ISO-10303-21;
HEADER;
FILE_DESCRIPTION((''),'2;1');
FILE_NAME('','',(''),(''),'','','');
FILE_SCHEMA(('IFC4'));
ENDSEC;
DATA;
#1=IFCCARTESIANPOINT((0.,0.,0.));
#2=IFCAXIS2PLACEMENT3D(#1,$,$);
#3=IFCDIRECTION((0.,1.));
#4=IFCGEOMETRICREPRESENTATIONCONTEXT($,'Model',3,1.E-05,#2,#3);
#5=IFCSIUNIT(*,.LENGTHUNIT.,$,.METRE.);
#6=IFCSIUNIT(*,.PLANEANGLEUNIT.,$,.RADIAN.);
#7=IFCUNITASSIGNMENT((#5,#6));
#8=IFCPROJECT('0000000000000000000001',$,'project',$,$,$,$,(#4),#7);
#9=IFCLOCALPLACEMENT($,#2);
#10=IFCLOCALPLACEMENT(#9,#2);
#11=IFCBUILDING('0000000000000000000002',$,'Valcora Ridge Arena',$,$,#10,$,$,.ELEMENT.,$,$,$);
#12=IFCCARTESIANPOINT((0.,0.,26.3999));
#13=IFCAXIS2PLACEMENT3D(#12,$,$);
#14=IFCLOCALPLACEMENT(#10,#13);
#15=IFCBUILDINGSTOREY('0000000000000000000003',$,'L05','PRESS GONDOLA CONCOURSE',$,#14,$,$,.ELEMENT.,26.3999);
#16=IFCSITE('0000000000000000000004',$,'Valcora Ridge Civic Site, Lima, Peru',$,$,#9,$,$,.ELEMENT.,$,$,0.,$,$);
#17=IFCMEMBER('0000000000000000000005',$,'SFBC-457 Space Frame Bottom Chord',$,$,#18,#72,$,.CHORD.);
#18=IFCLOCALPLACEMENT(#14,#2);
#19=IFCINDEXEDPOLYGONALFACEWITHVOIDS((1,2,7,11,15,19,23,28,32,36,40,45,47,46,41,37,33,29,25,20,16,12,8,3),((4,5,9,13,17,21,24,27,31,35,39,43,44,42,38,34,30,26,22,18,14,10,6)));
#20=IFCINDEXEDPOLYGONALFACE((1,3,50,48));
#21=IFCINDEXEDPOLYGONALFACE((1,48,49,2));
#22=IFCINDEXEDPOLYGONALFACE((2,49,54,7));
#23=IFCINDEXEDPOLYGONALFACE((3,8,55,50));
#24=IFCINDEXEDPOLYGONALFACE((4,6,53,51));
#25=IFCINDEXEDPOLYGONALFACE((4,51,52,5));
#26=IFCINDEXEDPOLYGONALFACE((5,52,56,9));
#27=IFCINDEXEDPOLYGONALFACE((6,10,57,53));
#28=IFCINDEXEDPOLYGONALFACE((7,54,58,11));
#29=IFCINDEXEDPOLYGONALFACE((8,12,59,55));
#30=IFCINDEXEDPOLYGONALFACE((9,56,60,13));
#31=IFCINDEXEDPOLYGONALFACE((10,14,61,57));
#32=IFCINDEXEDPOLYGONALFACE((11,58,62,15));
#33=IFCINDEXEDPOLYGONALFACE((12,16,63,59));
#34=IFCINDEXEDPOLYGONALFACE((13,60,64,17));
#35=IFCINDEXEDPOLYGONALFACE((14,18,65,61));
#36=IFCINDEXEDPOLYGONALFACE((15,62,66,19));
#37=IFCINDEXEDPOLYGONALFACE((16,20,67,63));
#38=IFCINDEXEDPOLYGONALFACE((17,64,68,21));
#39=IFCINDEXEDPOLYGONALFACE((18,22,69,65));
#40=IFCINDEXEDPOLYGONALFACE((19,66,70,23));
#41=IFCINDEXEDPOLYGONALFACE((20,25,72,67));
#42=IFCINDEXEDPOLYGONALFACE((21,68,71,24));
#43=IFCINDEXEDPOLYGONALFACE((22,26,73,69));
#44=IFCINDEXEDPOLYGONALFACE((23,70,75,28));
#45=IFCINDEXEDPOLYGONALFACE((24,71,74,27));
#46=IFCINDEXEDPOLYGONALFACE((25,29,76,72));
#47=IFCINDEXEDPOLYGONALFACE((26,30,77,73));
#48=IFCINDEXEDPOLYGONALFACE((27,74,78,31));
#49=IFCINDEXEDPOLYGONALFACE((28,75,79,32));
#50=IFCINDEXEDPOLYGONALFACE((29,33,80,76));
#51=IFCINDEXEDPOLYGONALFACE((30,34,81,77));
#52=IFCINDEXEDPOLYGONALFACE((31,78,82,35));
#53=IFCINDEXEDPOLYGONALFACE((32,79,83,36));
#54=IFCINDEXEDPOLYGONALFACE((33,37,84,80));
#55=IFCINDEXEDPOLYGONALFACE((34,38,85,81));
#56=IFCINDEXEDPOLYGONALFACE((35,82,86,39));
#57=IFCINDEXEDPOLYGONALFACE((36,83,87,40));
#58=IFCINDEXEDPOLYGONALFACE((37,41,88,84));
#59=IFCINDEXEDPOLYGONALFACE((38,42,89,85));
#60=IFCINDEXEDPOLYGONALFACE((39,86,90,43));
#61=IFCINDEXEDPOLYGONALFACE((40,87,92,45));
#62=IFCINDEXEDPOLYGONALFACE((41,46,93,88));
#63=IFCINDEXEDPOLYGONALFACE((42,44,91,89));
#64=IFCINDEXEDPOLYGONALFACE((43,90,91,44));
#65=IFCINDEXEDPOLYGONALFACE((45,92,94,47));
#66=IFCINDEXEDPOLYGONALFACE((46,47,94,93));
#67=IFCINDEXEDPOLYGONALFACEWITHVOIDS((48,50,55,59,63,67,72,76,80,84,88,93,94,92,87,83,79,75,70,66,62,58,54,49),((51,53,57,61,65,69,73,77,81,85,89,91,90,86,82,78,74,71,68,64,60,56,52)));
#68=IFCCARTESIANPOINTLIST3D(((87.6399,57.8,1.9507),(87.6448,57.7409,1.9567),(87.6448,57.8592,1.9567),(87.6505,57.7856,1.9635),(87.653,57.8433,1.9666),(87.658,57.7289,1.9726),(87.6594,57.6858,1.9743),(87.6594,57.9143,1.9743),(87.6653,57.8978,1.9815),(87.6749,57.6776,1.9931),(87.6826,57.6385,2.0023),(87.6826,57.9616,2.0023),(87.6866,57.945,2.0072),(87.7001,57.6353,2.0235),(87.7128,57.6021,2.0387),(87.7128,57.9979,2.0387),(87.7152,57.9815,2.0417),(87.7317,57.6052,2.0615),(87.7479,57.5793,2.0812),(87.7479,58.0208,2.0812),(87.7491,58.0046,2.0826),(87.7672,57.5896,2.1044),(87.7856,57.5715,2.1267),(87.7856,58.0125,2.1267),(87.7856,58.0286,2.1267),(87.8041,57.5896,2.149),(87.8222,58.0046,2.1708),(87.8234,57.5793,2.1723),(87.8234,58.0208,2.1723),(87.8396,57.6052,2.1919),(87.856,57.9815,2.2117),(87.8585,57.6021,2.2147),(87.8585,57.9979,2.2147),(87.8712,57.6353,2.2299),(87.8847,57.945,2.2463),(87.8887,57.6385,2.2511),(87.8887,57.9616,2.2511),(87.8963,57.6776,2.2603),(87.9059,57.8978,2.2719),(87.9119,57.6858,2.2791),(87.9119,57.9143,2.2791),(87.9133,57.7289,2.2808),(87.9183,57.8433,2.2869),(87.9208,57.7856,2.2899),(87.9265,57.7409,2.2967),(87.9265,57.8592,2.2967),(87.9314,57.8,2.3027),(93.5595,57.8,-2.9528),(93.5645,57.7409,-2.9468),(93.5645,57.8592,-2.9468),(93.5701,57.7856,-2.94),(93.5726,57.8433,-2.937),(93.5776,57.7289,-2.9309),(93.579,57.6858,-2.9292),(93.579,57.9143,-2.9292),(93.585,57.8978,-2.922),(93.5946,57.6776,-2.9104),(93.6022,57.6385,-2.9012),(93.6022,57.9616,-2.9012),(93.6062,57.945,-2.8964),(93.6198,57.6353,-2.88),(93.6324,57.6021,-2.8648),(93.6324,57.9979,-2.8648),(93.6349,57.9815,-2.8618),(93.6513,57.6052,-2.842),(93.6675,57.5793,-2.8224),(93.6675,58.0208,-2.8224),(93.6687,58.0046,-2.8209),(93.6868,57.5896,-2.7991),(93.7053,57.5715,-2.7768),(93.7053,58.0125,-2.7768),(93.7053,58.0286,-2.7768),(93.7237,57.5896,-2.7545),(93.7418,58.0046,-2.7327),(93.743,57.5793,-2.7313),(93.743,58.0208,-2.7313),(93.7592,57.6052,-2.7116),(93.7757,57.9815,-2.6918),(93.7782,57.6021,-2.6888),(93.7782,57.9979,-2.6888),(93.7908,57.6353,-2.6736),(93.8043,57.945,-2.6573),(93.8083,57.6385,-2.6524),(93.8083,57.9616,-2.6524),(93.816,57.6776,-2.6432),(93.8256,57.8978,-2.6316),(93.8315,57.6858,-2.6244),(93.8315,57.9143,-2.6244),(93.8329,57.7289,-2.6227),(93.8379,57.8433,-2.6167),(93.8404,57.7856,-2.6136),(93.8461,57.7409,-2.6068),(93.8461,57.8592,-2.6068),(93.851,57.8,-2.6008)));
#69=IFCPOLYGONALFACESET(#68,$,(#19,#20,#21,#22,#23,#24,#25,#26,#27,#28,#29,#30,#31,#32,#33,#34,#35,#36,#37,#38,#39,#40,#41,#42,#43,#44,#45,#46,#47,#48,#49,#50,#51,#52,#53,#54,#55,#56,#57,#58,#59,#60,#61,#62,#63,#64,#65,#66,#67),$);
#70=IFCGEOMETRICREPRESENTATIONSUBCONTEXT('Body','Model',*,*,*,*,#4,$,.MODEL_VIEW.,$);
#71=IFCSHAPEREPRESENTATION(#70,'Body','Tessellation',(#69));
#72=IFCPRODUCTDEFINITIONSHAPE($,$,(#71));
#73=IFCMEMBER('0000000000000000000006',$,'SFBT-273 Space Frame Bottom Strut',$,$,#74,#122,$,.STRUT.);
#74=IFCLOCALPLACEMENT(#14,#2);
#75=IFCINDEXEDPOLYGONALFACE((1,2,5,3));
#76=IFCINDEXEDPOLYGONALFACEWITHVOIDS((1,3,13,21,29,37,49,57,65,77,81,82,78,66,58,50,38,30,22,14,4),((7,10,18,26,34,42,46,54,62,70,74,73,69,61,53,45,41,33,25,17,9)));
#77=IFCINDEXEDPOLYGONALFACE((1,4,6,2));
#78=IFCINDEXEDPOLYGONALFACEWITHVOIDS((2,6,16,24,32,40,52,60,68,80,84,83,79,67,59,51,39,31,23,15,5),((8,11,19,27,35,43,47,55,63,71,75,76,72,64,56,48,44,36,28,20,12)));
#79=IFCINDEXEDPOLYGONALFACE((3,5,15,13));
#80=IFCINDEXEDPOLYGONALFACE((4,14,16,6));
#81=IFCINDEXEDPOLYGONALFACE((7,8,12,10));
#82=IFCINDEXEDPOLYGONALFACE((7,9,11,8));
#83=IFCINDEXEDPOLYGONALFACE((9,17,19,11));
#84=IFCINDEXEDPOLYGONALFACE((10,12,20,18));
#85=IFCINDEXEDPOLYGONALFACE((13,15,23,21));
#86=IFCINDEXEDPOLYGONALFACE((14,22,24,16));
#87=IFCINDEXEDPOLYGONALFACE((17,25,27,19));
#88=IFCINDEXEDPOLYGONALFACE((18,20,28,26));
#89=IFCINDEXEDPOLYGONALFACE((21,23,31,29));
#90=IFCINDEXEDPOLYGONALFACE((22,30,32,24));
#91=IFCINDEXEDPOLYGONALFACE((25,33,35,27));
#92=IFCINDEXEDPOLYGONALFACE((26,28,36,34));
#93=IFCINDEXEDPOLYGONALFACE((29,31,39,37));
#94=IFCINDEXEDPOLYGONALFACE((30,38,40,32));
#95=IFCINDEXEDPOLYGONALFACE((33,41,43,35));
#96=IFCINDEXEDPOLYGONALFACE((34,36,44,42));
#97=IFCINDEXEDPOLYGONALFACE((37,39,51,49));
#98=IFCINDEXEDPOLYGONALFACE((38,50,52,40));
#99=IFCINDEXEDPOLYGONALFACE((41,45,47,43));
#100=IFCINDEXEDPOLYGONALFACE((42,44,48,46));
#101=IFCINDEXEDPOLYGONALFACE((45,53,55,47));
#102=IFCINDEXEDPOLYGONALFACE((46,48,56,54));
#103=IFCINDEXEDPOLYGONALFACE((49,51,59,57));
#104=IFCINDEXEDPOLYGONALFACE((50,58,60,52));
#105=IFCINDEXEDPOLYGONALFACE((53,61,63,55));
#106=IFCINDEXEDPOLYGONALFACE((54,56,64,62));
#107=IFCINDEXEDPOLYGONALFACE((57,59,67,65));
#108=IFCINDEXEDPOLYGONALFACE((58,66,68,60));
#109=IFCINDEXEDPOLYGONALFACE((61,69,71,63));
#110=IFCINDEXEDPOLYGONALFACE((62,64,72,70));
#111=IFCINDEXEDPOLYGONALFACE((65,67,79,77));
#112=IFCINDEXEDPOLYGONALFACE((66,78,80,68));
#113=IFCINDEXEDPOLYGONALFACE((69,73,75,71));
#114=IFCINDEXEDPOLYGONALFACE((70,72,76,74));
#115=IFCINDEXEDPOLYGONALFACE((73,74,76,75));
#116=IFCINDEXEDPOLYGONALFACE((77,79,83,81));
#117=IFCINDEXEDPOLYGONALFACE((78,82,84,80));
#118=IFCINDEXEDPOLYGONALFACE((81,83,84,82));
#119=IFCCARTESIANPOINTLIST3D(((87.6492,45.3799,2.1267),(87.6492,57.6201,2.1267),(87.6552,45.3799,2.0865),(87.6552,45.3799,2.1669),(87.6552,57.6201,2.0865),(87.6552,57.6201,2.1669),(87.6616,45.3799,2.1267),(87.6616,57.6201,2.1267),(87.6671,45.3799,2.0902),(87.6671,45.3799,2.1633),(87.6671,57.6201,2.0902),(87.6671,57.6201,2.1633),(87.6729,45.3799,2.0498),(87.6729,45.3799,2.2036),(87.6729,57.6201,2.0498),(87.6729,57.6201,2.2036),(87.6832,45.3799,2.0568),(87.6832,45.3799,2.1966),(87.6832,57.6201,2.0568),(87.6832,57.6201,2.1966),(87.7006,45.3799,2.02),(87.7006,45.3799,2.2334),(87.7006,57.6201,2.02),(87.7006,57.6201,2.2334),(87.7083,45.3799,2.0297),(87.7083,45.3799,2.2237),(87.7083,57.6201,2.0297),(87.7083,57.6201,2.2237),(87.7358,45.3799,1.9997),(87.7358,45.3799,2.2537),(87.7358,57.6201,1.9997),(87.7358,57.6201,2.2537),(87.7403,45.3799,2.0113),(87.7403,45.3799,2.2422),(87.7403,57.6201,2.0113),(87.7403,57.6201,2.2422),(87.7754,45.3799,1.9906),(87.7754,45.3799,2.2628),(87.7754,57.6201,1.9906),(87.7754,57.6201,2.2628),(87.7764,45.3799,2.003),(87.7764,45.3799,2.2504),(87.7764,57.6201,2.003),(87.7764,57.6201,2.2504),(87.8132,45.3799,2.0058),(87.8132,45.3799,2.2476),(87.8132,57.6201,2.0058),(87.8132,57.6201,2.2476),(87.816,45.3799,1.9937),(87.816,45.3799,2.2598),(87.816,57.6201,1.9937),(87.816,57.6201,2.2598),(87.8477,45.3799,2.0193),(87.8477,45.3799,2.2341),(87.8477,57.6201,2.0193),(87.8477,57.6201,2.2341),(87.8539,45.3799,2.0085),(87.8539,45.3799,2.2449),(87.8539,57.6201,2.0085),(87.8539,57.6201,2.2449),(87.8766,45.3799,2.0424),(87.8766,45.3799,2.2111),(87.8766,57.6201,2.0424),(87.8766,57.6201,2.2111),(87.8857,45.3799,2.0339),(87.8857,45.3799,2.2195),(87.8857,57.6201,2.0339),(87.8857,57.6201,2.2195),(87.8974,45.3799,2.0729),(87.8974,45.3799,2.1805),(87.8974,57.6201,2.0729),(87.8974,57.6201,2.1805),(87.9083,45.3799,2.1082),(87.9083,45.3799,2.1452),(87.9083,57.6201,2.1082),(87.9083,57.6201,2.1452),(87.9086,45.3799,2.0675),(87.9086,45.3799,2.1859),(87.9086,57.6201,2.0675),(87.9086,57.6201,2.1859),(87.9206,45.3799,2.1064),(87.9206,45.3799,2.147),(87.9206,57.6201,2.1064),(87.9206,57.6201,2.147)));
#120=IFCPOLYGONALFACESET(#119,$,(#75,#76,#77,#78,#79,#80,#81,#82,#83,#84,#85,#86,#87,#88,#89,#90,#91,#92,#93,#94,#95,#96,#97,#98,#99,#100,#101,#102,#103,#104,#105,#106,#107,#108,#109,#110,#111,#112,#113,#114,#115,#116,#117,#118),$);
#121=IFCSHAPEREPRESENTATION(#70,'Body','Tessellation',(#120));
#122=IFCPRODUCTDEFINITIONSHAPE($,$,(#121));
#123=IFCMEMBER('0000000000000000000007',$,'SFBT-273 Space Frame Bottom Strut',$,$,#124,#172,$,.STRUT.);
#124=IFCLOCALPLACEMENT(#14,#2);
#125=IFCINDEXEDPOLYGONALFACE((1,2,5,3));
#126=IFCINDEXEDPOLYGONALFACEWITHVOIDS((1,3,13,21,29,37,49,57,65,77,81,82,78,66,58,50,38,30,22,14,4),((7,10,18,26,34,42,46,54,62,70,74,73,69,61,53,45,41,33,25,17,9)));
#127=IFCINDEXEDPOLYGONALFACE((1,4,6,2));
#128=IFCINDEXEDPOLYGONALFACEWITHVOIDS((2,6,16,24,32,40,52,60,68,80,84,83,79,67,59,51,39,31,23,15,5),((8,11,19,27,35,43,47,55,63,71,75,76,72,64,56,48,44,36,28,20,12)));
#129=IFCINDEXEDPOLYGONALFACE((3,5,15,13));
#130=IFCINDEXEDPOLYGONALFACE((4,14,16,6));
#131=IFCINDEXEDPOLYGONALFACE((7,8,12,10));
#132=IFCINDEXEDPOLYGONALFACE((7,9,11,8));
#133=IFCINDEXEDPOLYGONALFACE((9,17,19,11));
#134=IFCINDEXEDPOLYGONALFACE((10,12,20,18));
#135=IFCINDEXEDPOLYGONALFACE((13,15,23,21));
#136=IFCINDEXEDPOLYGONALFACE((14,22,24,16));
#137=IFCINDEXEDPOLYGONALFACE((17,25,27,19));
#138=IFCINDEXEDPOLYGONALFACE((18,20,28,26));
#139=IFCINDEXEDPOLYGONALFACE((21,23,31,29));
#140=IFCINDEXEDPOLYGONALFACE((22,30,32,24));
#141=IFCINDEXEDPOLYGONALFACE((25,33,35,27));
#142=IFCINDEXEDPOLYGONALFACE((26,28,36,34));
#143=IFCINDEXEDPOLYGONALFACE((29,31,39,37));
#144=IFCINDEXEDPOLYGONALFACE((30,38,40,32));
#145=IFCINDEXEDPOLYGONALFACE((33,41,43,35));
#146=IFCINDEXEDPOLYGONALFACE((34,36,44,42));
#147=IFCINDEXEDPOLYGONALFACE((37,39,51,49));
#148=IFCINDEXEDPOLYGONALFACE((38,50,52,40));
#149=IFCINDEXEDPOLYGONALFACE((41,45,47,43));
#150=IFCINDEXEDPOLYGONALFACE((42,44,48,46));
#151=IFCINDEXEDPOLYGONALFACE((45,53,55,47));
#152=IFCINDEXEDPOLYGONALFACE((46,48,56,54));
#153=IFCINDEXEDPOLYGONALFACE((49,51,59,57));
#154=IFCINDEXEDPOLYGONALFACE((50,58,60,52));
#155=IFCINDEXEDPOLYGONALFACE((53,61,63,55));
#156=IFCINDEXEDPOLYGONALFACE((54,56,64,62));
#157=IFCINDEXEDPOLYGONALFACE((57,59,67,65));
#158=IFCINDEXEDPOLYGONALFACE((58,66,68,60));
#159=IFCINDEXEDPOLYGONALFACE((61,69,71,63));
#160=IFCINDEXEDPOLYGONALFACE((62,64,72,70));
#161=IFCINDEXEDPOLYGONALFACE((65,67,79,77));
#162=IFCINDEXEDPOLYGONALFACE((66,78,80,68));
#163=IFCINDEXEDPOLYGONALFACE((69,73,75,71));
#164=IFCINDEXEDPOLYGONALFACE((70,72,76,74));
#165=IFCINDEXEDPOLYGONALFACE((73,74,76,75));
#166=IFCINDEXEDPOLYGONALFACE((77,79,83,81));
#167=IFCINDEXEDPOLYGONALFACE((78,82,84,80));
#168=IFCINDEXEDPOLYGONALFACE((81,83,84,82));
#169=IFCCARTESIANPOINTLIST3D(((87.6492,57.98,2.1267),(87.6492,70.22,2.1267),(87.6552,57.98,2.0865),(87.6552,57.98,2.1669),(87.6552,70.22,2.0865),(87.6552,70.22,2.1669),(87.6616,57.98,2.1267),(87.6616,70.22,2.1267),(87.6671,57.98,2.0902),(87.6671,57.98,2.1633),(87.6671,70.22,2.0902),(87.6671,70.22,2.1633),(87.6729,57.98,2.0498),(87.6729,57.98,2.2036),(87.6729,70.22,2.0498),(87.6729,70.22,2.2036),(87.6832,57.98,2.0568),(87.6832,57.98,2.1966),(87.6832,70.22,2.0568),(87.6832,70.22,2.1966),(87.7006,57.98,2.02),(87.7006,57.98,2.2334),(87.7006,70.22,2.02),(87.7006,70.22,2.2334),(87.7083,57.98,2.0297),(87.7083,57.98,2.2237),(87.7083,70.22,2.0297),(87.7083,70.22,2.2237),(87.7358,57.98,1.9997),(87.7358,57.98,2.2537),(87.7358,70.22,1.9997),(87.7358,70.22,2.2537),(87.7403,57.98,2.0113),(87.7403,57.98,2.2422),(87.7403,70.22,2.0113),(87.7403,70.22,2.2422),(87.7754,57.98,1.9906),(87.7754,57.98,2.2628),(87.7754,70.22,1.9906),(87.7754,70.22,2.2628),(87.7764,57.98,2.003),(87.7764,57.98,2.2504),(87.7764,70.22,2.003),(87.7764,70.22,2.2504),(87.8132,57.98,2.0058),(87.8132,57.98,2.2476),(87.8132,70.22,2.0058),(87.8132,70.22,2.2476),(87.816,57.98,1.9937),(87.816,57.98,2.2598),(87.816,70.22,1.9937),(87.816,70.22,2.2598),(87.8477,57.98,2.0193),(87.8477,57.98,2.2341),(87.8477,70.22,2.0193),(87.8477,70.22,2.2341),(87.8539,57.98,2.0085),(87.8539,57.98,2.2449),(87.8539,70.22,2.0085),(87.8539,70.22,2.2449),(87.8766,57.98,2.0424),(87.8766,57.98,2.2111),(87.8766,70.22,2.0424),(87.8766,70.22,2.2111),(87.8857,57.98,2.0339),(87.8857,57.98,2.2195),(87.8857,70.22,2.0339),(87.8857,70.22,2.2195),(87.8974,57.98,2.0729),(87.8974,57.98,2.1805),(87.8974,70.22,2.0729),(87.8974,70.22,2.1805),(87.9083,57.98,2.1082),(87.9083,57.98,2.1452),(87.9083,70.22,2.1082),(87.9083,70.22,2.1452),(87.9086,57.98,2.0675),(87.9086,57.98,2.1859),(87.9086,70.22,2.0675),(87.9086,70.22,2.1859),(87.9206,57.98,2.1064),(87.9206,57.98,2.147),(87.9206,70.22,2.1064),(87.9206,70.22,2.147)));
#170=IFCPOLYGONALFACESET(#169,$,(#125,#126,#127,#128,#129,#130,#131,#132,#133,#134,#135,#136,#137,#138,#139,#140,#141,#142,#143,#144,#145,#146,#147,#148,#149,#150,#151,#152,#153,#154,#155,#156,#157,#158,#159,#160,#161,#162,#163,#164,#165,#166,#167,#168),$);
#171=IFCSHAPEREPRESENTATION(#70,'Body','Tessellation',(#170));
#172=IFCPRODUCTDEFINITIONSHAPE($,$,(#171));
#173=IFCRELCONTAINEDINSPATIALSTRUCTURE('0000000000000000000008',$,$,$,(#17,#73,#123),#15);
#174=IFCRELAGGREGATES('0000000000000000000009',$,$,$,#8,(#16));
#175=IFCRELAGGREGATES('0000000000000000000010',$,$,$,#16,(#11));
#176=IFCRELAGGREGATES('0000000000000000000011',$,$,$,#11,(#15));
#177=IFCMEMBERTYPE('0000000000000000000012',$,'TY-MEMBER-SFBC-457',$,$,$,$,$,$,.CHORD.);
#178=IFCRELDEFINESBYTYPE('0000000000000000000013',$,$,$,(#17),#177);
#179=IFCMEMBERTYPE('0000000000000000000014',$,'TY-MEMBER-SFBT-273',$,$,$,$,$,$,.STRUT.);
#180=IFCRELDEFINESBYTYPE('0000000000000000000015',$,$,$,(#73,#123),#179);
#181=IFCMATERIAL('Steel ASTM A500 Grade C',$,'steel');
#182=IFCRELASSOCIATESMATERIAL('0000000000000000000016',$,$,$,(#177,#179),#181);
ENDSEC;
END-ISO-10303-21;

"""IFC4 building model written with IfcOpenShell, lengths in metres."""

from ifc_helpers import new_model, si_unit, direction, frame, origin, origin_2d, place, context, subcontext, project, spatial, hollow_circle, extrude, material, material_profile, profile_set, type_object, element, save


model = new_model("IFC4")

# Units and contexts
model_context = context("Model", 3, precision=1e-05, world=origin(), true_north=direction((0.0, 1.0)))
body_context = subcontext(model_context, "Body", "Model", "MODEL_VIEW")
ifc_project = project(units=[si_unit("LENGTHUNIT", "METRE"), si_unit("PLANEANGLEUNIT", "RADIAN")], contexts=[model_context])

# Site, building, storey
site_placement = place(None, origin())
site = spatial("IfcSite", under=ifc_project, at=site_placement, Name="Valcora Ridge Civic Site, Lima, Peru", CompositionType="ELEMENT", RefElevation=0.0)
building_placement = place(site_placement, origin())
building = spatial("IfcBuilding", under=site, at=building_placement, Name="Valcora Ridge Arena", CompositionType="ELEMENT")
storey_placement = place(building_placement, frame((0.0, 0.0, 26.3999)))
storey = spatial("IfcBuildingStorey", under=building, at=storey_placement, Name="L05", Description="PRESS GONDOLA CONCOURSE", CompositionType="ELEMENT", Elevation=26.3999)

# Members
ifc_material_1 = material(Name="Steel ASTM A500 Grade C", Category="steel")
ifc_material_profile_1 = material_profile(ifc_material_1, hollow_circle(Radius=0.2285, WallThickness=0.0161, at=origin_2d()), Name="CHS457X16")
ifc_profile_set_1 = profile_set([ifc_material_profile_1], Name="Steel ASTM A500 Grade C")
member_type_1 = type_object("IfcMemberType", Name="TY-MEMBER-SFBC-457", PredefinedType="CHORD", material=ifc_profile_set_1)
for number, where, z_axis, x_axis, name in (
    (1, (87.7856, 57.8, 2.1267), (0.770105, 0.0, -0.637917), (0.0, 1.0, 0.0), "SFBC-457 Space Frame Bottom Chord"),
):
    element("IfcMember", number, at=place(storey_placement, frame(where, z_axis=z_axis, x_axis=x_axis)), inside=storey, type_object=member_type_1, Name=name, PredefinedType="CHORD", context=body_context, shape_type="SweptSolid", body=[
        extrude(hollow_circle(Radius=0.2285, WallThickness=0.0161, at=origin_2d()), origin(), (0.0, 0.0, 1.0), 7.6868),
    ])
ifc_material_profile_2 = material_profile(ifc_material_1, hollow_circle(Radius=0.1365, WallThickness=0.0125, at=origin_2d()), Name="CHS273X12")
ifc_profile_set_2 = profile_set([ifc_material_profile_2], Name="Steel ASTM A500 Grade C")
member_type_2 = type_object("IfcMemberType", Name="TY-MEMBER-SFBT-273", PredefinedType="STRUT", material=ifc_profile_set_2)
member_1_placement = place(storey_placement, frame((87.7856, 45.3799, 2.1267), z_axis=(0.0, 1.0, 0.0), x_axis=(-1.0, 0.0, 0.0)))
element("IfcMember", 2, at=member_1_placement, inside=storey, type_object=member_type_2, Name="SFBT-273 Space Frame Bottom Strut", PredefinedType="STRUT", context=body_context, shape_type="SweptSolid", body=[
    extrude(hollow_circle(Radius=0.1365, WallThickness=0.0125, at=origin_2d()), origin(), (0.0, 0.0, 1.0), 12.2402),
])
member_2_placement = place(storey_placement, frame((87.7856, 57.98, 2.1267), z_axis=(0.0, 1.0, 0.0), x_axis=(-1.0, 0.0, 0.0)))
element("IfcMember", 3, at=member_2_placement, inside=storey, type_object=member_type_2, Name="SFBT-273 Space Frame Bottom Strut", PredefinedType="STRUT", context=body_context, shape_type="SweptSolid", body=[
    extrude(hollow_circle(Radius=0.1365, WallThickness=0.0125, at=origin_2d()), origin(), (0.0, 0.0, 1.0), 12.24),
])

save(model, "model.ifc")
